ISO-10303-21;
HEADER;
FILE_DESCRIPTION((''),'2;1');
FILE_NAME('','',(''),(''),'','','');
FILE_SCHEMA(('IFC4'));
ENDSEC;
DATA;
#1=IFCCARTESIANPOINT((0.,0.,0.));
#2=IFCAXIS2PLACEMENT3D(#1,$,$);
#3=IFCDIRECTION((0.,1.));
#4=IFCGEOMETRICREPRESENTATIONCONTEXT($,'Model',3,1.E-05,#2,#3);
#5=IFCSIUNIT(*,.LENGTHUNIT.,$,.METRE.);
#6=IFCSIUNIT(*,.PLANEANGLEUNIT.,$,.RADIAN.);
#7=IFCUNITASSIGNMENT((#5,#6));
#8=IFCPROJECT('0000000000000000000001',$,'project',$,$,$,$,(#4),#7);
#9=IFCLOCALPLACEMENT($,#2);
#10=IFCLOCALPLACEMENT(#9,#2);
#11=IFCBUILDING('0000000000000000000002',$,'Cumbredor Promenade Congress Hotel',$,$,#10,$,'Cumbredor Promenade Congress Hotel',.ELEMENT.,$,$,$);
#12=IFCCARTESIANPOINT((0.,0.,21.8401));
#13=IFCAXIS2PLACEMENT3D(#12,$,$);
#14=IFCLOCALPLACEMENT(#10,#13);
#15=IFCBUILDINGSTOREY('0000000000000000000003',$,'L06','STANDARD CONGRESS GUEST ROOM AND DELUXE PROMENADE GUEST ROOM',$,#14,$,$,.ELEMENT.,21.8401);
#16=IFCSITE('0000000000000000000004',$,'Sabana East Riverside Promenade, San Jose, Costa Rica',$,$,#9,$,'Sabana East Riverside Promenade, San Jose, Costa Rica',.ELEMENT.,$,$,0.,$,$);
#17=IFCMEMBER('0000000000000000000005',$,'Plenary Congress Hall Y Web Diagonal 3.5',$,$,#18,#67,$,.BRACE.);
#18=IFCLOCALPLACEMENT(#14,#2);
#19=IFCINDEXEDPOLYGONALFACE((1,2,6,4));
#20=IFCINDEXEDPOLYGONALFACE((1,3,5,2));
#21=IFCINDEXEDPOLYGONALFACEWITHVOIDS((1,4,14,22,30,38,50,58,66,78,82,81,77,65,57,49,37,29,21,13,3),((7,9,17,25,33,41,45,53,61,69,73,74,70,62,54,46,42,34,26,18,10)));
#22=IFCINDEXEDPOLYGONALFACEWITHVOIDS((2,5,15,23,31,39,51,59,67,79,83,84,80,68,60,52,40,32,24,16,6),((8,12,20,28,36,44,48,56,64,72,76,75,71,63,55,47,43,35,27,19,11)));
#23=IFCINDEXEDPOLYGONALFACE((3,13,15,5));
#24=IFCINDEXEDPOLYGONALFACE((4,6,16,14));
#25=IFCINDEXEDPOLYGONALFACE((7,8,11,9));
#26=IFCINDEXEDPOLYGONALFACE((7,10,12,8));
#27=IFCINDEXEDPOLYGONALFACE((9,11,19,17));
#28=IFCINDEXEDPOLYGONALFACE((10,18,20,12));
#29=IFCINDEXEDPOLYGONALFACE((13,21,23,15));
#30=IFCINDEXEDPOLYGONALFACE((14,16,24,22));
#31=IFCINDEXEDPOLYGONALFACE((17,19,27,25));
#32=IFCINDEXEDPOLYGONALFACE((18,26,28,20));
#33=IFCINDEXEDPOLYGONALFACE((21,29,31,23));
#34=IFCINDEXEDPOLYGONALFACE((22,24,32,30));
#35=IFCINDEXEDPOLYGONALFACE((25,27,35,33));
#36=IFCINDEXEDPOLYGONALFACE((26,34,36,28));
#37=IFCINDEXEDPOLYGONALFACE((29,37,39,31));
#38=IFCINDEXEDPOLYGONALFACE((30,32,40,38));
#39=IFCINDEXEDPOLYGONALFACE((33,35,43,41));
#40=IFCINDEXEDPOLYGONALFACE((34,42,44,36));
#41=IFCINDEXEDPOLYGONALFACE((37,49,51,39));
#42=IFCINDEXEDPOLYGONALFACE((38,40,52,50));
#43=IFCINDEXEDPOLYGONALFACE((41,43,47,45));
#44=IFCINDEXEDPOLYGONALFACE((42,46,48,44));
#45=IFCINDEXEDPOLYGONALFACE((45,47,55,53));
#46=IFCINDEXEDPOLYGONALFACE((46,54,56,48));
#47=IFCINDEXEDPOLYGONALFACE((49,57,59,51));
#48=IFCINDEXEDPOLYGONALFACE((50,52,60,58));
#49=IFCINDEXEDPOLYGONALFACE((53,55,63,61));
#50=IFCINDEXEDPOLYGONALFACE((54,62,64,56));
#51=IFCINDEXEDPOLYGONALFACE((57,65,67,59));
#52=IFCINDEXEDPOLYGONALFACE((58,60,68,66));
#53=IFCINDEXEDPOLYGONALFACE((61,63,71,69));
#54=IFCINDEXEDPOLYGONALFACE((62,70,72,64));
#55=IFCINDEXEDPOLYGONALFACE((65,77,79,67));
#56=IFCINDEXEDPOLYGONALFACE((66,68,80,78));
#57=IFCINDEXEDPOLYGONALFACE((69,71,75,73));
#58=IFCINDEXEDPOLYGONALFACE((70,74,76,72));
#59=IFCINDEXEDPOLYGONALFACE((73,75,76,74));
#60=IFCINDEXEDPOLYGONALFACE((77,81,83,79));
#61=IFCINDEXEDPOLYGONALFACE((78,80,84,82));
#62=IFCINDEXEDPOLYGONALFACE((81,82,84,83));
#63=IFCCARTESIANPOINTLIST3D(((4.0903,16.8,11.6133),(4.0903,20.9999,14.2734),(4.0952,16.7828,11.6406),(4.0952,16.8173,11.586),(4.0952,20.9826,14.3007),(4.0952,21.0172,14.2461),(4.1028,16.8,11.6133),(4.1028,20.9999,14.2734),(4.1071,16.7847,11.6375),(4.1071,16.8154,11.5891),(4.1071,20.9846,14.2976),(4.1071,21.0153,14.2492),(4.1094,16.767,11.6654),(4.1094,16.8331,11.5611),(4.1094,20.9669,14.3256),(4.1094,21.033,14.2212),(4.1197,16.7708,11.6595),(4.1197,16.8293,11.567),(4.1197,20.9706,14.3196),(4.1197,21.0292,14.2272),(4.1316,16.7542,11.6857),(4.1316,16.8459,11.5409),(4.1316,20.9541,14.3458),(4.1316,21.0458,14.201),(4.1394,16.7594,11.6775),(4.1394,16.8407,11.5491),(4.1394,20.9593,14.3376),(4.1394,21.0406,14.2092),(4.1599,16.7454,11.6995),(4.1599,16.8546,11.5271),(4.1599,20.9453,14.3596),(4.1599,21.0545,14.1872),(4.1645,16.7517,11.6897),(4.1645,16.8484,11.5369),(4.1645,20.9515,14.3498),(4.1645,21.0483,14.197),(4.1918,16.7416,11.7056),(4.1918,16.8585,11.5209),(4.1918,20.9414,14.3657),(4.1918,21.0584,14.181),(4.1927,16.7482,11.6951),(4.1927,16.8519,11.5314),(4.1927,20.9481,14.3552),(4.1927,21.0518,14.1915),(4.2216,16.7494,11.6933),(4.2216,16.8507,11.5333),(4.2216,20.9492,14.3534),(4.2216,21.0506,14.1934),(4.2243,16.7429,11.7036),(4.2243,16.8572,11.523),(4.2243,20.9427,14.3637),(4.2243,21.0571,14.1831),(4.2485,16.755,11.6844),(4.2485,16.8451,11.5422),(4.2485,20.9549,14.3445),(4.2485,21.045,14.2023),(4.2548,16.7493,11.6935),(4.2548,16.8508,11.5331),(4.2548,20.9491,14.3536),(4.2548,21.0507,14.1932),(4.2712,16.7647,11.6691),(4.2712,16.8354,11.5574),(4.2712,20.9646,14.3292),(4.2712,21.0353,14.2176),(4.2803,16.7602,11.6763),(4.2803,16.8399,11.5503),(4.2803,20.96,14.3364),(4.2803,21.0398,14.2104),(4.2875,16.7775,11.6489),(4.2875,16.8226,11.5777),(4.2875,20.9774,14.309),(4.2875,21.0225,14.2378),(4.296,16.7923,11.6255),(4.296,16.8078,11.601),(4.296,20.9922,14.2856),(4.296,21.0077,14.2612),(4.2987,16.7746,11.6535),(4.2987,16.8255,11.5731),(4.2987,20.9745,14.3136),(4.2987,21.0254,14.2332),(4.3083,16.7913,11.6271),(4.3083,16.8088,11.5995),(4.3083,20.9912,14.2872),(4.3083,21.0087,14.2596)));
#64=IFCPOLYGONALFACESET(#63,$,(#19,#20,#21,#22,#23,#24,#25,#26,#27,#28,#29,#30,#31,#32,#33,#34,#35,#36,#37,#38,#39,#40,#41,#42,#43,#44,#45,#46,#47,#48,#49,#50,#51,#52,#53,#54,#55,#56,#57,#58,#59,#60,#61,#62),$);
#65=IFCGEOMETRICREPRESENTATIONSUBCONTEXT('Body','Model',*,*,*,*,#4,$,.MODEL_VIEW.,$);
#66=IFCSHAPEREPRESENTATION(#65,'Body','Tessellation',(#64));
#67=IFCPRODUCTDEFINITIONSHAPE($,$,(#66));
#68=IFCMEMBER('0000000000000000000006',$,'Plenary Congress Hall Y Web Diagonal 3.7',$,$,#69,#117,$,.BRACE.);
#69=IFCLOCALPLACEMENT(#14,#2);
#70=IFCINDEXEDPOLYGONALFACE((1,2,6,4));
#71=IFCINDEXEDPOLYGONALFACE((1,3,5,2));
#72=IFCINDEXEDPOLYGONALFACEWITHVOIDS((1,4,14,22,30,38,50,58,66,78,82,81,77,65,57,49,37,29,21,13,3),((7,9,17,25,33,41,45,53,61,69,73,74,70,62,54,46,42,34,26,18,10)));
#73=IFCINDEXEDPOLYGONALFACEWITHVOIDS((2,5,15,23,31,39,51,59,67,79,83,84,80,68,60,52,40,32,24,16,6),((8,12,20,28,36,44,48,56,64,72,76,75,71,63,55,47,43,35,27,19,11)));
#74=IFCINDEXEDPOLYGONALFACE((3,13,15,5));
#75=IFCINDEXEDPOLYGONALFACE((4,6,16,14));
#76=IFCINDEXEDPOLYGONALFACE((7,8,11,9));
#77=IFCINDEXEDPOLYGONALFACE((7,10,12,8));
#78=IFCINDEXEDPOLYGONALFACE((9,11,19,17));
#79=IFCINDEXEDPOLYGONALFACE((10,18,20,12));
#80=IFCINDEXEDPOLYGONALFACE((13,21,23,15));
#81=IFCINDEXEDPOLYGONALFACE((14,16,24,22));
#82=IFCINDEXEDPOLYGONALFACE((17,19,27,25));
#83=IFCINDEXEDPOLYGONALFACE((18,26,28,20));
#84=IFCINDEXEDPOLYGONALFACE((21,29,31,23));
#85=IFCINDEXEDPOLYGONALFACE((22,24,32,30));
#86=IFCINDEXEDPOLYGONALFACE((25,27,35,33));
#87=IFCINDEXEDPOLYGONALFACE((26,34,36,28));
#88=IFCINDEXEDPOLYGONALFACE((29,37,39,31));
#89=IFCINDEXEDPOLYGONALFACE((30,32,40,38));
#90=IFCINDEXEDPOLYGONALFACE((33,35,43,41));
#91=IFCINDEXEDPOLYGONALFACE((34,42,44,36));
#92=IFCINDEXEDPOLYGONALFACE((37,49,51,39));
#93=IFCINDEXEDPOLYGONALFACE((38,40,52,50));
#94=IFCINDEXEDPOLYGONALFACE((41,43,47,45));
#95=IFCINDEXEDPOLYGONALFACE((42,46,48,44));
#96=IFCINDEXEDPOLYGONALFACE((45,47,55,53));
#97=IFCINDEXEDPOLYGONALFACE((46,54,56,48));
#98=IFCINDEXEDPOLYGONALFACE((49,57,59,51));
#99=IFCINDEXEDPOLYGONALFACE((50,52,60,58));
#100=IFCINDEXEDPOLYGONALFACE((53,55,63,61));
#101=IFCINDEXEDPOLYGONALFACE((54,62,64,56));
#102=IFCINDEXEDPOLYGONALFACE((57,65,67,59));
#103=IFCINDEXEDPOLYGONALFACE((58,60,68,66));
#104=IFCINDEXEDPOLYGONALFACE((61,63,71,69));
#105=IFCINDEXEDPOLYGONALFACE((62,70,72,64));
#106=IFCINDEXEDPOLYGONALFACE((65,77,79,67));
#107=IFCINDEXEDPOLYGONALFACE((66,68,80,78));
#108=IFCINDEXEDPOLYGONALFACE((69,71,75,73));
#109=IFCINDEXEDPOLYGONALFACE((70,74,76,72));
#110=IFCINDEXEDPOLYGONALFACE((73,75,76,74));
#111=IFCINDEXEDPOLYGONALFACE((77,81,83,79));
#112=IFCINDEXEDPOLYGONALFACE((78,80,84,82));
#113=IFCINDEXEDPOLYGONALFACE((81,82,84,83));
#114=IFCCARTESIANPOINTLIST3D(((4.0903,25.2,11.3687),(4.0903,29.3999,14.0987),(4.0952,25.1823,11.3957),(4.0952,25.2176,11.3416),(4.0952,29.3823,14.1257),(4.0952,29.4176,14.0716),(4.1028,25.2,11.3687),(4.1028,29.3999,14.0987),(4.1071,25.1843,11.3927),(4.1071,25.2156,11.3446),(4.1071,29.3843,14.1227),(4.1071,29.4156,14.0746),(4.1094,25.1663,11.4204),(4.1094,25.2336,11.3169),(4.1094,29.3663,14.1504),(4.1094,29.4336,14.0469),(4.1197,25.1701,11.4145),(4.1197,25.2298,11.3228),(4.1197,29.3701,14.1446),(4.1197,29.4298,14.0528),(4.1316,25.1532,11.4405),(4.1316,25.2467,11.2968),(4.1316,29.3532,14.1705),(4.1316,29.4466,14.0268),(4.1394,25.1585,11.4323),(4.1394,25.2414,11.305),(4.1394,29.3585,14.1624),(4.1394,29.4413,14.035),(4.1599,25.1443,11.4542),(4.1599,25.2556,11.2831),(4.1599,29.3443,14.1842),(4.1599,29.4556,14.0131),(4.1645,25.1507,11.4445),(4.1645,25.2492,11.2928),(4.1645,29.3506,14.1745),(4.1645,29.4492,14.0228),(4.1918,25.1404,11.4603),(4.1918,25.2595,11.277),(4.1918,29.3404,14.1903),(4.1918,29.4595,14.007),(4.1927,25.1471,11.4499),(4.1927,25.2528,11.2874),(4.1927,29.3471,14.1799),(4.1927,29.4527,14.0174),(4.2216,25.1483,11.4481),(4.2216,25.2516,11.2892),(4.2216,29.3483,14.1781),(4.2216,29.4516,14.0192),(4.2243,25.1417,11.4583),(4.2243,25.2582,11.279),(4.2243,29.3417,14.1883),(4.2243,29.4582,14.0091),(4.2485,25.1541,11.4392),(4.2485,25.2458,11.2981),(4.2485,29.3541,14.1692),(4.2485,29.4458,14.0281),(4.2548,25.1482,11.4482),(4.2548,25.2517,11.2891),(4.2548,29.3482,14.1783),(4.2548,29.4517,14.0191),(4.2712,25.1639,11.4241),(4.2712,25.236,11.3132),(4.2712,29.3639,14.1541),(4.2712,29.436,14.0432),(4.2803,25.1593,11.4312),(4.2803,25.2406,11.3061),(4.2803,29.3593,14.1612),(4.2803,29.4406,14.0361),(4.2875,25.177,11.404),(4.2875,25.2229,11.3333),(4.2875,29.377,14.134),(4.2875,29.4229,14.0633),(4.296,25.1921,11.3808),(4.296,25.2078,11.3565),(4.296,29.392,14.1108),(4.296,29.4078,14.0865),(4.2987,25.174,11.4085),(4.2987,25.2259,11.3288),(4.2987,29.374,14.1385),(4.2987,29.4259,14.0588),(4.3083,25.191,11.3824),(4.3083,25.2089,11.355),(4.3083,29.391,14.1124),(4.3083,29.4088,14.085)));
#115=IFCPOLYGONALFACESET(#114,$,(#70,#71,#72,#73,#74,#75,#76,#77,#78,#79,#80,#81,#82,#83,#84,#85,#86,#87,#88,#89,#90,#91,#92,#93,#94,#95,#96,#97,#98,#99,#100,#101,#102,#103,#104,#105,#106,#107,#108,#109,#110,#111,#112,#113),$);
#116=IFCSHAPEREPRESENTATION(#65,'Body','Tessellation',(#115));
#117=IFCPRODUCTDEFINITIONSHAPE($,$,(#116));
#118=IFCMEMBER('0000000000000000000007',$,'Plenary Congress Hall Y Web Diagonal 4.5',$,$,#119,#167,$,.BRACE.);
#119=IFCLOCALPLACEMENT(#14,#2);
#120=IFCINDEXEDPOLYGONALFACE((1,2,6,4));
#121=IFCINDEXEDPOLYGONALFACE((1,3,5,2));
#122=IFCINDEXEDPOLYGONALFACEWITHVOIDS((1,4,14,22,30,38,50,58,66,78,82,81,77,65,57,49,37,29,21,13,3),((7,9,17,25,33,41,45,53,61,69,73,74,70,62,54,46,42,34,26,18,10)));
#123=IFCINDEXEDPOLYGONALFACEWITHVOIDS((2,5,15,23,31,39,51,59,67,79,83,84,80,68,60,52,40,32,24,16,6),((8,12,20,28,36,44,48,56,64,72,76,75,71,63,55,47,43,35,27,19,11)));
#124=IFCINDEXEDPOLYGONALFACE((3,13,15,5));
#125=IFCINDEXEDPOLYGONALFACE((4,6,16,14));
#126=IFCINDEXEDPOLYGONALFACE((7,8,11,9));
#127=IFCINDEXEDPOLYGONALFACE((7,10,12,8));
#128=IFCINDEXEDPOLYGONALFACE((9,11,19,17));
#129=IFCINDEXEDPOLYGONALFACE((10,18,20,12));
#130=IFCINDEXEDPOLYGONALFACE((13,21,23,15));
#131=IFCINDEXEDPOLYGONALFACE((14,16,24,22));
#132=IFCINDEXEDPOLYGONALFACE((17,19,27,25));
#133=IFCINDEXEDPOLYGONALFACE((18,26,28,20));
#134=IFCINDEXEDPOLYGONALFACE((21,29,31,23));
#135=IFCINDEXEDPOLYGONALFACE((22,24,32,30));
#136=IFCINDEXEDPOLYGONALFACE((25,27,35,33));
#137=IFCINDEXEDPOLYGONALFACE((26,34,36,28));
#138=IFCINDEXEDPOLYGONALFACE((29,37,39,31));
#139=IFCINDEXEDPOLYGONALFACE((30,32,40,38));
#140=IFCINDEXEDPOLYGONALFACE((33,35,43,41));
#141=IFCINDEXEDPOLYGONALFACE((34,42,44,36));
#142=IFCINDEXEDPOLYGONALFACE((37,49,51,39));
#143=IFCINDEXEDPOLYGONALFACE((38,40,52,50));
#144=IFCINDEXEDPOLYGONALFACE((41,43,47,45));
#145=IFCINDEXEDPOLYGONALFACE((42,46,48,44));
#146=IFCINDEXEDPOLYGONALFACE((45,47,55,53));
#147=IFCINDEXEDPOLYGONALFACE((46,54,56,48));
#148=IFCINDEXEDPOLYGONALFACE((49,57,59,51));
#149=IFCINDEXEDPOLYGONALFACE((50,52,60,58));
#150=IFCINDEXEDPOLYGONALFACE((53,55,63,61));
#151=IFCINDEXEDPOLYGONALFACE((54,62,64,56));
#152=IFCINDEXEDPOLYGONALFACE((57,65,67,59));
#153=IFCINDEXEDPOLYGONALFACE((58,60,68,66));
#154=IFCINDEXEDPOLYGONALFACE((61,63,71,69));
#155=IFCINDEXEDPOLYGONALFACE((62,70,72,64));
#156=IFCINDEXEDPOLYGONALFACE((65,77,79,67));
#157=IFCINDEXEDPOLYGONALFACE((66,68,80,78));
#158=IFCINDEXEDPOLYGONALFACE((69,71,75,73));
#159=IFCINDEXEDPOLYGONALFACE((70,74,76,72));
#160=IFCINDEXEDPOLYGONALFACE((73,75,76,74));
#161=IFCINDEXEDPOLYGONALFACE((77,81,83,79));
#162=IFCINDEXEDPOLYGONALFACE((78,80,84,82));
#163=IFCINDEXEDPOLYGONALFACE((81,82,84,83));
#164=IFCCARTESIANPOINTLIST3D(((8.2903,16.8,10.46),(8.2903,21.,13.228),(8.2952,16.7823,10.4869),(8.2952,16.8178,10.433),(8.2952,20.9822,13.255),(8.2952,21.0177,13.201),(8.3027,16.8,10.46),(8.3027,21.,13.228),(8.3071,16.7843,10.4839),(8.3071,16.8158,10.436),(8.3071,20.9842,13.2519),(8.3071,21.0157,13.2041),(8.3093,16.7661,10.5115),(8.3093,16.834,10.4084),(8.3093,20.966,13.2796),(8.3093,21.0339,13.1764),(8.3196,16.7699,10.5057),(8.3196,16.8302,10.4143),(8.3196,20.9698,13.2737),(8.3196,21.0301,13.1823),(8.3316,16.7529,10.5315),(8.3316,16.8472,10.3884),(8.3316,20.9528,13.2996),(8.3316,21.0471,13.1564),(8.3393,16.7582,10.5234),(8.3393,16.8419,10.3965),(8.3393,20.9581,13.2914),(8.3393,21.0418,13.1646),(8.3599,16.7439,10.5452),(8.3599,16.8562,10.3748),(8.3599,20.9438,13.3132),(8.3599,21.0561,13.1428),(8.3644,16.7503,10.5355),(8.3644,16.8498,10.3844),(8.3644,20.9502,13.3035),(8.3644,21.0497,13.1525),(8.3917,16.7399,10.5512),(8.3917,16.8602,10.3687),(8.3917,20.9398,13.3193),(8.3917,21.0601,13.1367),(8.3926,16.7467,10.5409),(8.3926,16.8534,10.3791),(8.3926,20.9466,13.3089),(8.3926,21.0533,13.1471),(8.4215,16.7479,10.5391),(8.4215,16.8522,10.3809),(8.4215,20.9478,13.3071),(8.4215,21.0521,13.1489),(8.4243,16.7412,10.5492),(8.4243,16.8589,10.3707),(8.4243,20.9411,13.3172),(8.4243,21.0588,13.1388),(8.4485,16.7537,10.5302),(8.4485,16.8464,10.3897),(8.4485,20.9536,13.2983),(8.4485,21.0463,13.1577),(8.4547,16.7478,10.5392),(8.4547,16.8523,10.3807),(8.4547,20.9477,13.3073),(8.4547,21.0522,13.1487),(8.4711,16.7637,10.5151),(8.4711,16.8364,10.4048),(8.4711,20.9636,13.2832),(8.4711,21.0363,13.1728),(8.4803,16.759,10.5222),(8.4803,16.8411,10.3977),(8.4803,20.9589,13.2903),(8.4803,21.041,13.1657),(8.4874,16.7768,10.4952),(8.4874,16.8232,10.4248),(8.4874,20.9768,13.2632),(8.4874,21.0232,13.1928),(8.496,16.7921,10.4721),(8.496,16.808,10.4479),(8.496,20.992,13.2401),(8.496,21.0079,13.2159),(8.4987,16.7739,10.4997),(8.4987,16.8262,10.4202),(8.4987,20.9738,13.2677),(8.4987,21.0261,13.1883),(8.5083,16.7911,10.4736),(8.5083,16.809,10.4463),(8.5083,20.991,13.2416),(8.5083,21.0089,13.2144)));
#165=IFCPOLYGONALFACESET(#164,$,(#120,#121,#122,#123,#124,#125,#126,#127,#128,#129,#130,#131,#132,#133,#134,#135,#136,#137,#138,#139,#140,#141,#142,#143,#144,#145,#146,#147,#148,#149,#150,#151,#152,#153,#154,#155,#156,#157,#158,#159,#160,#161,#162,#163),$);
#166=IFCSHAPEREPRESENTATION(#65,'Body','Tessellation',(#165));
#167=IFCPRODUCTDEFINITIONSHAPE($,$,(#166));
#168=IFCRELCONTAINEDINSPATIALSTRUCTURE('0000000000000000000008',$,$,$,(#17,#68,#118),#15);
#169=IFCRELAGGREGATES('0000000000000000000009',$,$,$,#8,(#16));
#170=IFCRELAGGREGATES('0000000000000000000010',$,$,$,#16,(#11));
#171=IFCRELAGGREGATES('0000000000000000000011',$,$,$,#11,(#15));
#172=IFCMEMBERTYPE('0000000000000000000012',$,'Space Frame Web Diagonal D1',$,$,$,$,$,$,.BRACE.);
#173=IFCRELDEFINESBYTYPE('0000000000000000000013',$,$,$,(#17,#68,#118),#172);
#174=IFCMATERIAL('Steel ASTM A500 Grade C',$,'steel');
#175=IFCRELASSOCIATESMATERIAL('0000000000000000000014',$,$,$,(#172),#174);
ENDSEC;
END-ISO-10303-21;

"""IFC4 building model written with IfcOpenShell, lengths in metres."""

from ifc_helpers import new_model, si_unit, direction, frame, origin, origin_2d, place, context, subcontext, project, spatial, hollow_circle, extrude, material, material_profile, profile_set, type_object, element, save


model = new_model("IFC4")

# Units and contexts
model_context = context("Model", 3, precision=1e-05, world=origin(), true_north=direction((0.0, 1.0)))
body_context = subcontext(model_context, "Body", "Model", "MODEL_VIEW")
ifc_project = project(units=[si_unit("LENGTHUNIT", "METRE"), si_unit("PLANEANGLEUNIT", "RADIAN")], contexts=[model_context])

# Site, building, storey
site_placement = place(None, origin())
site = spatial("IfcSite", under=ifc_project, at=site_placement, Name="Sabana East Riverside Promenade, San Jose, Costa Rica", LongName="Sabana East Riverside Promenade, San Jose, Costa Rica", CompositionType="ELEMENT", RefElevation=0.0)
building_placement = place(site_placement, origin())
building = spatial("IfcBuilding", under=site, at=building_placement, Name="Cumbredor Promenade Congress Hotel", LongName="Cumbredor Promenade Congress Hotel", CompositionType="ELEMENT")
storey_placement = place(building_placement, frame((0.0, 0.0, 21.8401)))
storey = spatial("IfcBuildingStorey", under=building, at=storey_placement, Name="L06", Description="STANDARD CONGRESS GUEST ROOM AND DELUXE PROMENADE GUEST ROOM", CompositionType="ELEMENT", Elevation=21.8401)

# Members
ifc_material_1 = material(Name="Steel ASTM A500 Grade C", Category="steel")
ifc_material_profile_1 = material_profile(ifc_material_1, hollow_circle(Radius=0.1096, WallThickness=0.0125, at=origin_2d()), Name="CHS 219.1x12.5")
ifc_profile_set_1 = profile_set([ifc_material_profile_1], Name="Steel ASTM A500 Grade C")
member_type_1 = type_object("IfcMemberType", Name="Space Frame Web Diagonal D1", PredefinedType="BRACE", material=ifc_profile_set_1)
member_1_placement = place(storey_placement, frame((4.2, 16.8, 11.6133), z_axis=(0.0, 0.844802, 0.535079), x_axis=(-1.0, 0.0, 0.0)))
element("IfcMember", 1, at=member_1_placement, inside=storey, type_object=member_type_1, Name="Plenary Congress Hall Y Web Diagonal 3.5", PredefinedType="BRACE", context=body_context, shape_type="SweptSolid", body=[
    extrude(hollow_circle(Radius=0.1096, WallThickness=0.0125, at=origin_2d()), origin(), (0.0, 0.0, 1.0), 4.9714),
])
member_2_placement = place(storey_placement, frame((4.2, 25.2, 11.3687), z_axis=(0.0, 0.838443, 0.54499), x_axis=(-1.0, 0.0, 0.0)))
element("IfcMember", 2, at=member_2_placement, inside=storey, type_object=member_type_1, Name="Plenary Congress Hall Y Web Diagonal 3.7", PredefinedType="BRACE", context=body_context, shape_type="SweptSolid", body=[
    extrude(hollow_circle(Radius=0.1096, WallThickness=0.0125, at=origin_2d()), origin(), (0.0, 0.0, 1.0), 5.0093),
])
member_3_placement = place(storey_placement, frame((8.3999, 16.8, 10.46), z_axis=(0.0, 0.834966, 0.550302), x_axis=(-1.0, 0.0, 0.0)))
element("IfcMember", 3, at=member_3_placement, inside=storey, type_object=member_type_1, Name="Plenary Congress Hall Y Web Diagonal 4.5", PredefinedType="BRACE", context=body_context, shape_type="SweptSolid", body=[
    extrude(hollow_circle(Radius=0.1096, WallThickness=0.0125, at=origin_2d()), origin(), (0.0, 0.0, 1.0), 5.03),
])

save(model, "model.ifc")
